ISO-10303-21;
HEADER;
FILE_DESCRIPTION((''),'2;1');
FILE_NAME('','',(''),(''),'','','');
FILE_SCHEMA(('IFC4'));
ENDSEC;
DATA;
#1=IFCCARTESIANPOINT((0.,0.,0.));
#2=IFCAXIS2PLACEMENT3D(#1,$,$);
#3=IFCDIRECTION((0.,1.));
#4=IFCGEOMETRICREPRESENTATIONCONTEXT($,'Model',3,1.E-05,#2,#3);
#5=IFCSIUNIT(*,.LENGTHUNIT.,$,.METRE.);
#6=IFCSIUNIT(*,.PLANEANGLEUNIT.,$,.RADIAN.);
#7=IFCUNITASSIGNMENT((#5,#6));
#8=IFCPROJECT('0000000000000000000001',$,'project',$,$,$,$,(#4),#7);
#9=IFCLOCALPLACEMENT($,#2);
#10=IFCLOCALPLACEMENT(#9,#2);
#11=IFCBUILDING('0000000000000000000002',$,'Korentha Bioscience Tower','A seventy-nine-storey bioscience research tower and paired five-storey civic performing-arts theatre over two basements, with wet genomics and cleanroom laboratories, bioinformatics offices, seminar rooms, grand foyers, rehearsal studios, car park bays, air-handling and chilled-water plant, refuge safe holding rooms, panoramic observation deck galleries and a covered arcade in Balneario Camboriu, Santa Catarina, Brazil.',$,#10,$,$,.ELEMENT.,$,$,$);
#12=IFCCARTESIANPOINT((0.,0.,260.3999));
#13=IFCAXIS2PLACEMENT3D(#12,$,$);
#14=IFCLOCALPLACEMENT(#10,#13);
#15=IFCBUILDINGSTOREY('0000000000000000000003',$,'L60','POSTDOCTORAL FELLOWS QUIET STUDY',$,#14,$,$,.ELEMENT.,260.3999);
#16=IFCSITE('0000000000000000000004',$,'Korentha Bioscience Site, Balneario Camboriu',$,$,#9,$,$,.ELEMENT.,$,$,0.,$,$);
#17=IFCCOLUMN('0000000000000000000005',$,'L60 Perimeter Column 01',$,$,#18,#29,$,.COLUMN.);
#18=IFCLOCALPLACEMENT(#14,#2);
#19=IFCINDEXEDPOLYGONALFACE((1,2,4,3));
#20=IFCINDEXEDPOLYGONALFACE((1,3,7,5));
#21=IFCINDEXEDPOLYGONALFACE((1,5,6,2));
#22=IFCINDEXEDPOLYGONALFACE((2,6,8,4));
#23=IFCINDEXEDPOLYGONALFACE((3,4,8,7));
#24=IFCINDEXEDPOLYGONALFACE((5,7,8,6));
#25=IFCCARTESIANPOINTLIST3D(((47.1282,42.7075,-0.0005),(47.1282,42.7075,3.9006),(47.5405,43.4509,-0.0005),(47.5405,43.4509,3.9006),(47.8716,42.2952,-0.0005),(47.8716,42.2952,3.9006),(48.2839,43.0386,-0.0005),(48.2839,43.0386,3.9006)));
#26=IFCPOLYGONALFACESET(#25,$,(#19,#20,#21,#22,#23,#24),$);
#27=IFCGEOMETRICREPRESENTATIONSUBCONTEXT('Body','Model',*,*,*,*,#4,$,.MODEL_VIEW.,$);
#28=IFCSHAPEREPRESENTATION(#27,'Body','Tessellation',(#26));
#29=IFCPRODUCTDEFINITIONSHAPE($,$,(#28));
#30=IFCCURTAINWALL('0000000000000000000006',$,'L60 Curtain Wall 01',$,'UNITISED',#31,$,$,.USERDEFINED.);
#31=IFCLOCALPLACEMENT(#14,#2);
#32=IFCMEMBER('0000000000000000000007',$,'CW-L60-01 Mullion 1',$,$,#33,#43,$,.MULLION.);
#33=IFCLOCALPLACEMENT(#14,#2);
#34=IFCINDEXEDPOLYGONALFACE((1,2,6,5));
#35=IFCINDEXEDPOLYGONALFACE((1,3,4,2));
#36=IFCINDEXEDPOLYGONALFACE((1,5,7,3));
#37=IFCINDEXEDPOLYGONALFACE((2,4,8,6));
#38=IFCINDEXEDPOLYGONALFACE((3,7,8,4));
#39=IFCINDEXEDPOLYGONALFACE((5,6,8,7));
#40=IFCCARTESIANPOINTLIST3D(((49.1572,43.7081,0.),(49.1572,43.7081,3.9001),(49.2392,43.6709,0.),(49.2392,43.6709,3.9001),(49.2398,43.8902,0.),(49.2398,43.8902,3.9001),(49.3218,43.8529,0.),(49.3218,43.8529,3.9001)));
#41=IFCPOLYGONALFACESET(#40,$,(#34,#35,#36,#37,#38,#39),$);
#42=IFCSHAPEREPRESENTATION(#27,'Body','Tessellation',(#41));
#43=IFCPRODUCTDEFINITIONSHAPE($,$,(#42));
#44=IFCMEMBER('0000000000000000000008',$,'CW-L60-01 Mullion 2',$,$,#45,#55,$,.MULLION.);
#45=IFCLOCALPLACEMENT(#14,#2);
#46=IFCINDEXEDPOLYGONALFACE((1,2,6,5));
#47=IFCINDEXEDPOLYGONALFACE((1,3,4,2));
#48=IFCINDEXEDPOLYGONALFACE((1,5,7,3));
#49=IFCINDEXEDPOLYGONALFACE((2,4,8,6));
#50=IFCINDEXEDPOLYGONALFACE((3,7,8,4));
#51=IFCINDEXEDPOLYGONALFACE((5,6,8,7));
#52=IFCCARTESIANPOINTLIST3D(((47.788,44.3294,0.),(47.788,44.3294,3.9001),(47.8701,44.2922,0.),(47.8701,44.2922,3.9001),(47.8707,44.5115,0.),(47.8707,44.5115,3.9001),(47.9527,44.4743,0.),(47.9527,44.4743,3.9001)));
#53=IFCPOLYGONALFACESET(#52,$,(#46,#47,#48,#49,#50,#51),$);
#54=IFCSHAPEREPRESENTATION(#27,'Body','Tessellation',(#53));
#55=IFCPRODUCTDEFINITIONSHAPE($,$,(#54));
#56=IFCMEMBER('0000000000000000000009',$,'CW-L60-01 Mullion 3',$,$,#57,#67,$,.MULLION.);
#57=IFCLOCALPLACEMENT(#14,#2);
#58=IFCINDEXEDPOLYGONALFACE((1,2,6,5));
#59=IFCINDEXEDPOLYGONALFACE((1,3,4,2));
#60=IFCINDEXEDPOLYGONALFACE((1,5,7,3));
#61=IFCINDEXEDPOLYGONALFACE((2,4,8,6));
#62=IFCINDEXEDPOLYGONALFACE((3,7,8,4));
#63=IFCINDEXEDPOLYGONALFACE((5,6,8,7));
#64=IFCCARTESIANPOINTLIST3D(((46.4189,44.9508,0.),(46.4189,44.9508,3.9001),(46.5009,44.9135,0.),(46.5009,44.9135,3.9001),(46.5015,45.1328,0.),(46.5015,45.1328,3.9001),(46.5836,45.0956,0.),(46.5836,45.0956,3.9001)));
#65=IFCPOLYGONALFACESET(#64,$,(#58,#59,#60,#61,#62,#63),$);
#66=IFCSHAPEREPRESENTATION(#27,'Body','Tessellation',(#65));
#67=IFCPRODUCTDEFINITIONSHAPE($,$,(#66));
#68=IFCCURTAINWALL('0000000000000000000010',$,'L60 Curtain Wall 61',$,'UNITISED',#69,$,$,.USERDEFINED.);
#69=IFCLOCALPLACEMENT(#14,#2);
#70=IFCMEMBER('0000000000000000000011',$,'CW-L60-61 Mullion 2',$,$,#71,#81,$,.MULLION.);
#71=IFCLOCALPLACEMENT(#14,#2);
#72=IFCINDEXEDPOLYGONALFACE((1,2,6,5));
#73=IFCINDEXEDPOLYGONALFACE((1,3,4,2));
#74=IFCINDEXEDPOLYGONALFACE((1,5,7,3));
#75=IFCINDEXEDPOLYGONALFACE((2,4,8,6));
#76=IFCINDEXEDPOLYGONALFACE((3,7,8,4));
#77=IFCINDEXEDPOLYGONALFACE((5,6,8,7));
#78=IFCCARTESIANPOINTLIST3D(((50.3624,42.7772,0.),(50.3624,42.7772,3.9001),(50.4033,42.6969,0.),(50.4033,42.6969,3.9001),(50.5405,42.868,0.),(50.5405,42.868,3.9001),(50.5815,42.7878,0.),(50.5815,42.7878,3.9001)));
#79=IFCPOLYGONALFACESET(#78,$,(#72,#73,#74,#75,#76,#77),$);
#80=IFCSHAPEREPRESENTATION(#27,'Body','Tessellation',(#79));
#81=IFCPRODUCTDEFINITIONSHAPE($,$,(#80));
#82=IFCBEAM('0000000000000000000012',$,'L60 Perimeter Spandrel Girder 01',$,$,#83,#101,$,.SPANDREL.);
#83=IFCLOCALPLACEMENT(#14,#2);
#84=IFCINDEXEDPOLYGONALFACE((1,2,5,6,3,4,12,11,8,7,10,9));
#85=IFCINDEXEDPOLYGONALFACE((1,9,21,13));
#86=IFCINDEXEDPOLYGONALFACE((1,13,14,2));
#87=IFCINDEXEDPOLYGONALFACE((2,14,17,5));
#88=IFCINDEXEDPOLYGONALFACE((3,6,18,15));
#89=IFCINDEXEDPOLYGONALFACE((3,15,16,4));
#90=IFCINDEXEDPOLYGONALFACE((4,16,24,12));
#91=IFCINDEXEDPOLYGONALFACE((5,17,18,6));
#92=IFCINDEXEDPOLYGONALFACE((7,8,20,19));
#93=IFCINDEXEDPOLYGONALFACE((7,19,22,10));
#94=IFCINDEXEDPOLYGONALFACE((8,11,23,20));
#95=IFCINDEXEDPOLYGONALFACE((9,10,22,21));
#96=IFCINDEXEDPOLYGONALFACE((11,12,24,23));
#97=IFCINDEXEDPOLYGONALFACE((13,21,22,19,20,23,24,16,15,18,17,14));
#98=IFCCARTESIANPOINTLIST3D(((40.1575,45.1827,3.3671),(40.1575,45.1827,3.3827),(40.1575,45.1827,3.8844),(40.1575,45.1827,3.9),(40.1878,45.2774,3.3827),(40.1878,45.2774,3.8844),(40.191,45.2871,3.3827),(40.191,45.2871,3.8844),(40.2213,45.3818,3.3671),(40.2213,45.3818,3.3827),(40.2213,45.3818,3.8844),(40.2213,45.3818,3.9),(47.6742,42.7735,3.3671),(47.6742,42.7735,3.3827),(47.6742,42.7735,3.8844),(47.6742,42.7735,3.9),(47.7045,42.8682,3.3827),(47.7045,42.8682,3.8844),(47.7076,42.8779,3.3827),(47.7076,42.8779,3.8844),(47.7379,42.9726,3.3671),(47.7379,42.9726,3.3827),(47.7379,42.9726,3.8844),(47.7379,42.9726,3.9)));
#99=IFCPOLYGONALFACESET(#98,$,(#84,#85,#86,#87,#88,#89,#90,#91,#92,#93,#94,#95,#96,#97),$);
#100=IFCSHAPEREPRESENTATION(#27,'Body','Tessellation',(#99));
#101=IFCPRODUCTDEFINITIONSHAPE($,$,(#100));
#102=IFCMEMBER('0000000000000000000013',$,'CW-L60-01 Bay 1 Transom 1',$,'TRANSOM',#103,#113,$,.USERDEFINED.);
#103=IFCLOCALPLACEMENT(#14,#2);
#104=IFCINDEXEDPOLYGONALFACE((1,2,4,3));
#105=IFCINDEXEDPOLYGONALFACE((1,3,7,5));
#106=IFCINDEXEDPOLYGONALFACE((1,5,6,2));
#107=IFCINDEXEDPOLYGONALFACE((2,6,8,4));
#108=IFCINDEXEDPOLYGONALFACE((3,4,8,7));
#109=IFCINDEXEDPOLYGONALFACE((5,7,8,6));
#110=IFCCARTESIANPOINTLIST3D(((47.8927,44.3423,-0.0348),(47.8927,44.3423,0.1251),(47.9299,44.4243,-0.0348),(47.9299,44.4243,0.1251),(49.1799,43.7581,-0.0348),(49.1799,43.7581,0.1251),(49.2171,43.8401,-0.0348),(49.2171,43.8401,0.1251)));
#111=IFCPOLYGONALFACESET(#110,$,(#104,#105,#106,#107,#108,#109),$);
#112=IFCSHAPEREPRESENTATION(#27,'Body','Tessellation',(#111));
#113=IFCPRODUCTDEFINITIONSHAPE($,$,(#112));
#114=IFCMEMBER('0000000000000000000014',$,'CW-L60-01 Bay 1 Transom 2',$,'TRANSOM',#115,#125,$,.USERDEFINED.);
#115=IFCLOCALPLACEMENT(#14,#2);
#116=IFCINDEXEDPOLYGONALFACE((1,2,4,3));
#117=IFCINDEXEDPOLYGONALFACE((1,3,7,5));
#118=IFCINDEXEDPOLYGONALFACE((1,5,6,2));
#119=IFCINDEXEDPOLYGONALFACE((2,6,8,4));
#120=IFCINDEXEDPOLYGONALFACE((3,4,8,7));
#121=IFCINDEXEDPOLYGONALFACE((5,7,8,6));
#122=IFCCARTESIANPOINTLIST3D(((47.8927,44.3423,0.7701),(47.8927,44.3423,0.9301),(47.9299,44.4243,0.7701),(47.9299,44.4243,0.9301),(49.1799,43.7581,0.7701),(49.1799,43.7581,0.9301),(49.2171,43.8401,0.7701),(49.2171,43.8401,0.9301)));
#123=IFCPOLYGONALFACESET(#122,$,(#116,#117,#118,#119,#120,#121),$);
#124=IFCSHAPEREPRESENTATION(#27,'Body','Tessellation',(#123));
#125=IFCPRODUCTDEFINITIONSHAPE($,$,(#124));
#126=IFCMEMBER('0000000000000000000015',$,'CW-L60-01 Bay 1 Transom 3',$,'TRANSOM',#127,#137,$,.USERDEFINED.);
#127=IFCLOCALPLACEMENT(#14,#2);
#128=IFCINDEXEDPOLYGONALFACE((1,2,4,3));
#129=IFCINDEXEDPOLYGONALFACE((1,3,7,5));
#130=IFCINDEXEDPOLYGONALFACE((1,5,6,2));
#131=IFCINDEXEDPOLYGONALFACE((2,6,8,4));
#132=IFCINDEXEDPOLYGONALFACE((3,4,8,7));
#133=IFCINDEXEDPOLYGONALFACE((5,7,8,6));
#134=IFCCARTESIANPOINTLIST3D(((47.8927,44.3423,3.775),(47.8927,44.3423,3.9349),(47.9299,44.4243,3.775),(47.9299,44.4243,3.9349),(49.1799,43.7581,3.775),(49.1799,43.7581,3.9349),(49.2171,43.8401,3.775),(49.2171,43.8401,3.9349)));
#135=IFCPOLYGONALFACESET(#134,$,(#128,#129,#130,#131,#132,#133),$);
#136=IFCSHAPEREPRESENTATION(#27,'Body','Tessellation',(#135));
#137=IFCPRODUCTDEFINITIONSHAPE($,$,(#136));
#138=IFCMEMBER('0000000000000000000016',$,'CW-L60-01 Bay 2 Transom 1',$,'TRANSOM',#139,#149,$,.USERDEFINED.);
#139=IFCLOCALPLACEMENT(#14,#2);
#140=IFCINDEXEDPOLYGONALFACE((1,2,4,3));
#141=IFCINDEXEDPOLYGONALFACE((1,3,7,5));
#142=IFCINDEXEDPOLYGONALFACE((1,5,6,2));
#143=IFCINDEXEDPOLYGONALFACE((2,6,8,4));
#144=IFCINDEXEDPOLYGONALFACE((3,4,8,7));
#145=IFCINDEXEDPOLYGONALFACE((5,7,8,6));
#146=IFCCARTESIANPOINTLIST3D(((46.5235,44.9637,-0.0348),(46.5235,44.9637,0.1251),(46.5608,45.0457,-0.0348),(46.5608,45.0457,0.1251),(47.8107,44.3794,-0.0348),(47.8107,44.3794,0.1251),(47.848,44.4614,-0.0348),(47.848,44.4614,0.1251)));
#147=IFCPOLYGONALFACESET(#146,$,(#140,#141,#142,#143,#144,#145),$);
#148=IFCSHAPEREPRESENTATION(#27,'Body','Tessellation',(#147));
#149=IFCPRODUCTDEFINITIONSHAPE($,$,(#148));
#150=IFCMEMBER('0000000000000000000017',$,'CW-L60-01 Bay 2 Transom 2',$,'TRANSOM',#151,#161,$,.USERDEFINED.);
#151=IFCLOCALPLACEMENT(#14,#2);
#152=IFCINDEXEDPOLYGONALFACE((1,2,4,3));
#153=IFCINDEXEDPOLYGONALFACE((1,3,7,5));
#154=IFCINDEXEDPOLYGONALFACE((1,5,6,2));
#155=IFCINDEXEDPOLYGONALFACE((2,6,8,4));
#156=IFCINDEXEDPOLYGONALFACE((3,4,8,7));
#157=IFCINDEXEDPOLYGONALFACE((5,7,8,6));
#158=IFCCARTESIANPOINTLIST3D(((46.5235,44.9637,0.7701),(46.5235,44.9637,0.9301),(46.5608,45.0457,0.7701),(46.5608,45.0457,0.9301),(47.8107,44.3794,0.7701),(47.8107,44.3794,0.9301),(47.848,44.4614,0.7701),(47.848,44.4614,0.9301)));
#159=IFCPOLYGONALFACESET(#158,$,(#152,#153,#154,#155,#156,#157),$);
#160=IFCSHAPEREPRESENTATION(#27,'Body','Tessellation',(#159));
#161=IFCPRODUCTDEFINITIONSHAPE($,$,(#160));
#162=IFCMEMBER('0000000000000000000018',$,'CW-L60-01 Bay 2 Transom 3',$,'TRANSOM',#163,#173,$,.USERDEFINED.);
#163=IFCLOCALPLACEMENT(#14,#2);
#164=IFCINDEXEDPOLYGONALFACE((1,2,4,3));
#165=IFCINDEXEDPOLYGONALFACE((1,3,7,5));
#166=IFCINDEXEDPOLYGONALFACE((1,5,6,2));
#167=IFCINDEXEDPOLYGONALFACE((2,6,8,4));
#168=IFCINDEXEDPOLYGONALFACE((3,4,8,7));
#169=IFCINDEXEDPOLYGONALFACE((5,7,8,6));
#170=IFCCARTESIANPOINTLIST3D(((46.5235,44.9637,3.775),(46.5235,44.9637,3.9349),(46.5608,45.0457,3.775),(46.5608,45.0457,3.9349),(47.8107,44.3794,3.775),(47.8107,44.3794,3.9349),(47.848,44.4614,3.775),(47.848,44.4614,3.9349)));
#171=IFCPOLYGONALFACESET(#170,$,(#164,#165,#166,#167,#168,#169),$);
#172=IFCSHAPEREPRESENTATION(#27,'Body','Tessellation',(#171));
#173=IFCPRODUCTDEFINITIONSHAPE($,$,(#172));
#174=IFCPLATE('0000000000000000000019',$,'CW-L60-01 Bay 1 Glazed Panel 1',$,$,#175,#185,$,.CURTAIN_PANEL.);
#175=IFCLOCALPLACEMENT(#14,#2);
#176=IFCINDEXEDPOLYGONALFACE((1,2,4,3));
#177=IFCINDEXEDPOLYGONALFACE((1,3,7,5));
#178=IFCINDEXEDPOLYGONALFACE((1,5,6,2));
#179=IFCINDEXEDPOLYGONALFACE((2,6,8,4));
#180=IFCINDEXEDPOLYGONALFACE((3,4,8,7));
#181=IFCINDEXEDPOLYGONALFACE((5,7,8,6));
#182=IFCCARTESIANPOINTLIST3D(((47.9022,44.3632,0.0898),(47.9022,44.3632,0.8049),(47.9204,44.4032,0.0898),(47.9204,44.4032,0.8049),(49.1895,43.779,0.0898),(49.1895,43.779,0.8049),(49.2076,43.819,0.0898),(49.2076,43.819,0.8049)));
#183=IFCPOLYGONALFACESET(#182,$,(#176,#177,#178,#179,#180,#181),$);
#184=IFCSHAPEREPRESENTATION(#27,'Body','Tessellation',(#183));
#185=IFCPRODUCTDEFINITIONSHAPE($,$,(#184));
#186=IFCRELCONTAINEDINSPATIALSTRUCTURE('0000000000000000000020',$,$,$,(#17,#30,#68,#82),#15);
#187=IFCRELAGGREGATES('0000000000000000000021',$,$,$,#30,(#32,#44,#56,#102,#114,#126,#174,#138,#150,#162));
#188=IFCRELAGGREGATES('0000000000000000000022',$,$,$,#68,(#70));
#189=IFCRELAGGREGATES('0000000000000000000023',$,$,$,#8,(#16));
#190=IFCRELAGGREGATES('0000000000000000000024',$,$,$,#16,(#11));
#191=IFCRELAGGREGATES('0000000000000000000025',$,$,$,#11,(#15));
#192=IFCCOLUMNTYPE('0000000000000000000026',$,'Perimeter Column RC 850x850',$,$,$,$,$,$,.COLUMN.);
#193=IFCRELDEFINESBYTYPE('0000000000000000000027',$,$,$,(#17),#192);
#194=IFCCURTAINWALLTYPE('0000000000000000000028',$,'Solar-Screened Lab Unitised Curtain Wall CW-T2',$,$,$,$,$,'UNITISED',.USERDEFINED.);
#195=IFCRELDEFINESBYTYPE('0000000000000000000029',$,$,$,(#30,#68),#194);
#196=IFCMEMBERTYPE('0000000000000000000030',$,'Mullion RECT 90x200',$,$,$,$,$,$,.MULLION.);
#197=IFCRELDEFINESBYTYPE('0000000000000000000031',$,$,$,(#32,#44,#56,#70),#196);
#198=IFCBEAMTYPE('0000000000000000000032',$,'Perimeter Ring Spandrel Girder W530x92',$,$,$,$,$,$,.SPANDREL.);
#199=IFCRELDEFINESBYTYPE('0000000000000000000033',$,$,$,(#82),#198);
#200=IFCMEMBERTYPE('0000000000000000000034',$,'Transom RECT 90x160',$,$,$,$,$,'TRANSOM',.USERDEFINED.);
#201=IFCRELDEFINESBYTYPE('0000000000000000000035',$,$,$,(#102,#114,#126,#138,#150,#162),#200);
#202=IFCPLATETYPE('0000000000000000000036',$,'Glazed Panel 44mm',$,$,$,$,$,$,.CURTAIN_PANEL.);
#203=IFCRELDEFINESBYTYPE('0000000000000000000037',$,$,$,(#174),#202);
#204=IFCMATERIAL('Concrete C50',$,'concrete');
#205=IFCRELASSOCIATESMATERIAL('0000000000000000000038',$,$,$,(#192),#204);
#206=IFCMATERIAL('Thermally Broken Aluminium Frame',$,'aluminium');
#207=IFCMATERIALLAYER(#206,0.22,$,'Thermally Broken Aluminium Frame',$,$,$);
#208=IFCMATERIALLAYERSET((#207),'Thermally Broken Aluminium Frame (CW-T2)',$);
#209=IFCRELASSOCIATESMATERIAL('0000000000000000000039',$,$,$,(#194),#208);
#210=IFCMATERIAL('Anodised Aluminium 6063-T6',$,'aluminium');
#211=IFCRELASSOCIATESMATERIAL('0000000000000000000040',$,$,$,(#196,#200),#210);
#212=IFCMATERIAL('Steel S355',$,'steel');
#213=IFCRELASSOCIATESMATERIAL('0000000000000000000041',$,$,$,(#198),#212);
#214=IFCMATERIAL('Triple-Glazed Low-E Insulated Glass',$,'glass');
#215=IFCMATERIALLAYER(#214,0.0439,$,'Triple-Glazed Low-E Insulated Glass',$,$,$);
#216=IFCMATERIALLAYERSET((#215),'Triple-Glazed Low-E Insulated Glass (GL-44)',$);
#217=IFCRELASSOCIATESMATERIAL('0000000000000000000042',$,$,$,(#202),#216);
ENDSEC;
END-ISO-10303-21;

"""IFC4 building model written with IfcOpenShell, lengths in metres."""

from ifc_helpers import new_model, si_unit, direction, frame, origin, origin_2d, place, context, subcontext, project, spatial, rectangle, i_section, extrude, material, layer, layer_set, material_profile, profile_set, type_object, element, aggregate, save


model = new_model("IFC4")

# Units and contexts
model_context = context("Model", 3, precision=1e-05, world=origin(), true_north=direction((0.0, 1.0)))
body_context = subcontext(model_context, "Body", "Model", "MODEL_VIEW")
ifc_project = project(units=[si_unit("LENGTHUNIT", "METRE"), si_unit("PLANEANGLEUNIT", "RADIAN")], contexts=[model_context])

# Site, building, storey
site_placement = place(None, origin())
site = spatial("IfcSite", under=ifc_project, at=site_placement, Name="Korentha Bioscience Site, Balneario Camboriu", CompositionType="ELEMENT", RefElevation=0.0)
building_placement = place(site_placement, origin())
building = spatial("IfcBuilding", under=site, at=building_placement, Name="Korentha Bioscience Tower", Description="A seventy-nine-storey bioscience research tower and paired five-storey civic performing-arts theatre over two basements, with wet genomics and cleanroom laboratories, bioinformatics offices, seminar rooms, grand foyers, rehearsal studios, car park bays, air-handling and chilled-water plant, refuge safe holding rooms, panoramic observation deck galleries and a covered arcade in Balneario Camboriu, Santa Catarina, Brazil.", CompositionType="ELEMENT")
storey_placement = place(building_placement, frame((0.0, 0.0, 260.3999)))
storey = spatial("IfcBuildingStorey", under=building, at=storey_placement, Name="L60", Description="POSTDOCTORAL FELLOWS QUIET STUDY", CompositionType="ELEMENT", Elevation=260.3999)

# Column
ifc_material_1 = material(Name="Concrete C50", Category="concrete")
ifc_material_profile_1 = material_profile(ifc_material_1, rectangle(XDim=0.8501, YDim=0.8501, at=origin_2d()), Name="Concrete C50")
ifc_profile_set_1 = profile_set([ifc_material_profile_1], Name="Concrete C50 (COL-P08)")
column_type = type_object("IfcColumnType", Name="Perimeter Column RC 850x850", PredefinedType="COLUMN", material=ifc_profile_set_1)
column_placement = place(storey_placement, frame((47.7061, 42.873, -0.0005), z_axis=(0.0, 0.0, 1.0), x_axis=(-0.874535, 0.484962, 0.0)))
element("IfcColumn", 1, at=column_placement, inside=storey, type_object=column_type, Name="L60 Perimeter Column 01", PredefinedType="COLUMN", context=body_context, shape_type="SweptSolid", body=[
    extrude(rectangle(XDim=0.8501, YDim=0.8501, at=origin_2d()), origin(), (0.0, 0.0, 1.0), 3.9011),
])

# Curtain wall, members
ifc_material_2 = material(Name="Thermally Broken Aluminium Frame", Category="aluminium")
ifc_layer_1 = layer(ifc_material_2, 0.22, Name="Thermally Broken Aluminium Frame")
ifc_layer_set_1 = layer_set([ifc_layer_1], Name="Thermally Broken Aluminium Frame (CW-T2)")
curtain_wall_type = type_object("IfcCurtainWallType", Name="Solar-Screened Lab Unitised Curtain Wall CW-T2", ElementType="UNITISED", PredefinedType="USERDEFINED", material=ifc_layer_set_1)
curtain_wall_1_placement = place(storey_placement, origin())
curtain_wall_1 = element("IfcCurtainWall", 2, at=curtain_wall_1_placement, inside=storey, type_object=curtain_wall_type, Name="L60 Curtain Wall 01", ObjectType="UNITISED", PredefinedType="USERDEFINED")
ifc_material_3 = material(Name="Anodised Aluminium 6063-T6", Category="aluminium")
ifc_material_profile_2 = material_profile(ifc_material_3, rectangle(XDim=0.0901, YDim=0.2, at=origin_2d()), Name="Anodised Aluminium 6063-T6")
ifc_profile_set_2 = profile_set([ifc_material_profile_2], Name="Anodised Aluminium 6063-T6 (CW-MUL)")
member_type_1 = type_object("IfcMemberType", Name="Mullion RECT 90x200", PredefinedType="MULLION", material=ifc_profile_set_2)
member_1_placement = place(storey_placement, frame((49.2395, 43.7805, 0.0), z_axis=(0.0, 0.0, 1.0), x_axis=(-0.910604, 0.41328, 0.0)))
member_1 = element("IfcMember", 3, at=member_1_placement, type_object=member_type_1, Name="CW-L60-01 Mullion 1", PredefinedType="MULLION", context=body_context, shape_type="SweptSolid", body=[
    extrude(rectangle(XDim=0.0901, YDim=0.2, at=origin_2d()), origin(), (0.0, 0.0, 1.0), 3.9001),
])
member_2_placement = place(storey_placement, frame((47.8704, 44.4019, 0.0), z_axis=(0.0, 0.0, 1.0), x_axis=(-0.910604, 0.41328, 0.0)))
member_2 = element("IfcMember", 4, at=member_2_placement, type_object=member_type_1, Name="CW-L60-01 Mullion 2", PredefinedType="MULLION", context=body_context, shape_type="SweptSolid", body=[
    extrude(rectangle(XDim=0.0901, YDim=0.2, at=origin_2d()), origin(), (0.0, 0.0, 1.0), 3.9001),
])
member_3_placement = place(storey_placement, frame((46.5012, 45.0232, 0.0), z_axis=(0.0, 0.0, 1.0), x_axis=(-0.910604, 0.41328, 0.0)))
member_3 = element("IfcMember", 5, at=member_3_placement, type_object=member_type_1, Name="CW-L60-01 Mullion 3", PredefinedType="MULLION", context=body_context, shape_type="SweptSolid", body=[
    extrude(rectangle(XDim=0.0901, YDim=0.2, at=origin_2d()), origin(), (0.0, 0.0, 1.0), 3.9001),
])

# Curtain wall, member
curtain_wall_2_placement = place(storey_placement, origin())
curtain_wall_2 = element("IfcCurtainWall", 6, at=curtain_wall_2_placement, inside=storey, type_object=curtain_wall_type, Name="L60 Curtain Wall 61", ObjectType="UNITISED", PredefinedType="USERDEFINED")
member_4_placement = place(storey_placement, frame((50.4719, 42.7825, 0.0), z_axis=(0.0, 0.0, 1.0), x_axis=(-0.454239, 0.89088, 0.0)))
member_4 = element("IfcMember", 7, at=member_4_placement, type_object=member_type_1, Name="CW-L60-61 Mullion 2", PredefinedType="MULLION", context=body_context, shape_type="SweptSolid", body=[
    extrude(rectangle(XDim=0.0901, YDim=0.2, at=origin_2d()), origin(), (0.0, 0.0, 1.0), 3.9001),
])

# Beam
ifc_material_4 = material(Name="Steel S355", Category="steel")
ifc_material_profile_3 = material_profile(ifc_material_4, i_section(OverallWidth=0.209, OverallDepth=0.533, WebThickness=0.0103, FlangeThickness=0.0156, at=origin_2d()), Name="Steel S355")
ifc_profile_set_3 = profile_set([ifc_material_profile_3], Name="Steel S355 (SB-530)")
beam_type = type_object("IfcBeamType", Name="Perimeter Ring Spandrel Girder W530x92", PredefinedType="SPANDREL", material=ifc_profile_set_3)
beam_placement = place(storey_placement, frame((47.7061, 42.873, 3.6335), z_axis=(-0.952282, 0.30522, 0.0), x_axis=(-0.30522, -0.952282, 0.0)))
element("IfcBeam", 8, at=beam_placement, inside=storey, type_object=beam_type, Name="L60 Perimeter Spandrel Girder 01", PredefinedType="SPANDREL", context=body_context, shape_type="SweptSolid", body=[
    extrude(i_section(OverallWidth=0.209, OverallDepth=0.533, WebThickness=0.0103, FlangeThickness=0.0156, at=origin_2d()), origin(), (0.0, 0.0, 1.0), 7.8933),
])

# Members
ifc_material_profile_4 = material_profile(ifc_material_3, rectangle(XDim=0.0901, YDim=0.1599, at=origin_2d()), Name="Anodised Aluminium 6063-T6")
ifc_profile_set_4 = profile_set([ifc_material_profile_4], Name="Anodised Aluminium 6063-T6 (CW-TRN)")
member_type_2 = type_object("IfcMemberType", Name="Transom RECT 90x160", ElementType="TRANSOM", PredefinedType="USERDEFINED", material=ifc_profile_set_4)
member_5_placement = place(storey_placement, frame((49.1985, 43.7991, 0.0452), z_axis=(-0.910585, 0.413321, 0.0), x_axis=(-0.413321, -0.910585, 0.0)))
member_5 = element("IfcMember", 9, at=member_5_placement, type_object=member_type_2, Name="CW-L60-01 Bay 1 Transom 1", ObjectType="TRANSOM", PredefinedType="USERDEFINED", context=body_context, shape_type="SweptSolid", body=[
    extrude(rectangle(XDim=0.0901, YDim=0.1599, at=origin_2d()), origin(), (0.0, 0.0, 1.0), 1.4136),
])
member_6_placement = place(storey_placement, frame((49.1985, 43.7991, 0.8501), z_axis=(-0.910585, 0.413321, 0.0), x_axis=(-0.413321, -0.910585, 0.0)))
member_6 = element("IfcMember", 10, at=member_6_placement, type_object=member_type_2, Name="CW-L60-01 Bay 1 Transom 2", ObjectType="TRANSOM", PredefinedType="USERDEFINED", context=body_context, shape_type="SweptSolid", body=[
    extrude(rectangle(XDim=0.0901, YDim=0.1599, at=origin_2d()), origin(), (0.0, 0.0, 1.0), 1.4136),
])
member_7_placement = place(storey_placement, frame((49.1985, 43.7991, 3.855), z_axis=(-0.910585, 0.413321, 0.0), x_axis=(-0.413321, -0.910585, 0.0)))
member_7 = element("IfcMember", 11, at=member_7_placement, type_object=member_type_2, Name="CW-L60-01 Bay 1 Transom 3", ObjectType="TRANSOM", PredefinedType="USERDEFINED", context=body_context, shape_type="SweptSolid", body=[
    extrude(rectangle(XDim=0.0901, YDim=0.1599, at=origin_2d()), origin(), (0.0, 0.0, 1.0), 1.4136),
])
member_8_placement = place(storey_placement, frame((47.8293, 44.4204, 0.0452), z_axis=(-0.910585, 0.413321, 0.0), x_axis=(-0.413321, -0.910585, 0.0)))
member_8 = element("IfcMember", 12, at=member_8_placement, type_object=member_type_2, Name="CW-L60-01 Bay 2 Transom 1", ObjectType="TRANSOM", PredefinedType="USERDEFINED", context=body_context, shape_type="SweptSolid", body=[
    extrude(rectangle(XDim=0.0901, YDim=0.1599, at=origin_2d()), origin(), (0.0, 0.0, 1.0), 1.4136),
])
member_9_placement = place(storey_placement, frame((47.8293, 44.4204, 0.8501), z_axis=(-0.910585, 0.413321, 0.0), x_axis=(-0.413321, -0.910585, 0.0)))
member_9 = element("IfcMember", 13, at=member_9_placement, type_object=member_type_2, Name="CW-L60-01 Bay 2 Transom 2", ObjectType="TRANSOM", PredefinedType="USERDEFINED", context=body_context, shape_type="SweptSolid", body=[
    extrude(rectangle(XDim=0.0901, YDim=0.1599, at=origin_2d()), origin(), (0.0, 0.0, 1.0), 1.4136),
])
member_10_placement = place(storey_placement, frame((47.8293, 44.4204, 3.855), z_axis=(-0.910585, 0.413321, 0.0), x_axis=(-0.413321, -0.910585, 0.0)))
member_10 = element("IfcMember", 14, at=member_10_placement, type_object=member_type_2, Name="CW-L60-01 Bay 2 Transom 3", ObjectType="TRANSOM", PredefinedType="USERDEFINED", context=body_context, shape_type="SweptSolid", body=[
    extrude(rectangle(XDim=0.0901, YDim=0.1599, at=origin_2d()), origin(), (0.0, 0.0, 1.0), 1.4136),
])

# Plate
ifc_material_5 = material(Name="Triple-Glazed Low-E Insulated Glass", Category="glass")
ifc_layer_2 = layer(ifc_material_5, 0.0439, Name="Triple-Glazed Low-E Insulated Glass")
ifc_layer_set_2 = layer_set([ifc_layer_2], Name="Triple-Glazed Low-E Insulated Glass (GL-44)")
plate_type = type_object("IfcPlateType", Name="Glazed Panel 44mm", PredefinedType="CURTAIN_PANEL", material=ifc_layer_set_2)
plate_1_placement = place(storey_placement, frame((48.5549, 44.0911, 0.0898), z_axis=(0.0, 0.0, 1.0), x_axis=(-0.910604, 0.41328, 0.0)))
plate_1 = element("IfcPlate", 15, at=plate_1_placement, type_object=plate_type, Name="CW-L60-01 Bay 1 Glazed Panel 1", PredefinedType="CURTAIN_PANEL", context=body_context, shape_type="SweptSolid", body=[
    extrude(rectangle(XDim=1.4136, YDim=0.0439, at=origin_2d()), origin(), (0.0, 0.0, 1.0), 0.7151),
])
aggregate(curtain_wall_1, [member_1, member_2, member_3, member_5, member_6, member_7, plate_1, member_8, member_9, member_10])
aggregate(curtain_wall_2, [member_4])

save(model, "model.ifc")
